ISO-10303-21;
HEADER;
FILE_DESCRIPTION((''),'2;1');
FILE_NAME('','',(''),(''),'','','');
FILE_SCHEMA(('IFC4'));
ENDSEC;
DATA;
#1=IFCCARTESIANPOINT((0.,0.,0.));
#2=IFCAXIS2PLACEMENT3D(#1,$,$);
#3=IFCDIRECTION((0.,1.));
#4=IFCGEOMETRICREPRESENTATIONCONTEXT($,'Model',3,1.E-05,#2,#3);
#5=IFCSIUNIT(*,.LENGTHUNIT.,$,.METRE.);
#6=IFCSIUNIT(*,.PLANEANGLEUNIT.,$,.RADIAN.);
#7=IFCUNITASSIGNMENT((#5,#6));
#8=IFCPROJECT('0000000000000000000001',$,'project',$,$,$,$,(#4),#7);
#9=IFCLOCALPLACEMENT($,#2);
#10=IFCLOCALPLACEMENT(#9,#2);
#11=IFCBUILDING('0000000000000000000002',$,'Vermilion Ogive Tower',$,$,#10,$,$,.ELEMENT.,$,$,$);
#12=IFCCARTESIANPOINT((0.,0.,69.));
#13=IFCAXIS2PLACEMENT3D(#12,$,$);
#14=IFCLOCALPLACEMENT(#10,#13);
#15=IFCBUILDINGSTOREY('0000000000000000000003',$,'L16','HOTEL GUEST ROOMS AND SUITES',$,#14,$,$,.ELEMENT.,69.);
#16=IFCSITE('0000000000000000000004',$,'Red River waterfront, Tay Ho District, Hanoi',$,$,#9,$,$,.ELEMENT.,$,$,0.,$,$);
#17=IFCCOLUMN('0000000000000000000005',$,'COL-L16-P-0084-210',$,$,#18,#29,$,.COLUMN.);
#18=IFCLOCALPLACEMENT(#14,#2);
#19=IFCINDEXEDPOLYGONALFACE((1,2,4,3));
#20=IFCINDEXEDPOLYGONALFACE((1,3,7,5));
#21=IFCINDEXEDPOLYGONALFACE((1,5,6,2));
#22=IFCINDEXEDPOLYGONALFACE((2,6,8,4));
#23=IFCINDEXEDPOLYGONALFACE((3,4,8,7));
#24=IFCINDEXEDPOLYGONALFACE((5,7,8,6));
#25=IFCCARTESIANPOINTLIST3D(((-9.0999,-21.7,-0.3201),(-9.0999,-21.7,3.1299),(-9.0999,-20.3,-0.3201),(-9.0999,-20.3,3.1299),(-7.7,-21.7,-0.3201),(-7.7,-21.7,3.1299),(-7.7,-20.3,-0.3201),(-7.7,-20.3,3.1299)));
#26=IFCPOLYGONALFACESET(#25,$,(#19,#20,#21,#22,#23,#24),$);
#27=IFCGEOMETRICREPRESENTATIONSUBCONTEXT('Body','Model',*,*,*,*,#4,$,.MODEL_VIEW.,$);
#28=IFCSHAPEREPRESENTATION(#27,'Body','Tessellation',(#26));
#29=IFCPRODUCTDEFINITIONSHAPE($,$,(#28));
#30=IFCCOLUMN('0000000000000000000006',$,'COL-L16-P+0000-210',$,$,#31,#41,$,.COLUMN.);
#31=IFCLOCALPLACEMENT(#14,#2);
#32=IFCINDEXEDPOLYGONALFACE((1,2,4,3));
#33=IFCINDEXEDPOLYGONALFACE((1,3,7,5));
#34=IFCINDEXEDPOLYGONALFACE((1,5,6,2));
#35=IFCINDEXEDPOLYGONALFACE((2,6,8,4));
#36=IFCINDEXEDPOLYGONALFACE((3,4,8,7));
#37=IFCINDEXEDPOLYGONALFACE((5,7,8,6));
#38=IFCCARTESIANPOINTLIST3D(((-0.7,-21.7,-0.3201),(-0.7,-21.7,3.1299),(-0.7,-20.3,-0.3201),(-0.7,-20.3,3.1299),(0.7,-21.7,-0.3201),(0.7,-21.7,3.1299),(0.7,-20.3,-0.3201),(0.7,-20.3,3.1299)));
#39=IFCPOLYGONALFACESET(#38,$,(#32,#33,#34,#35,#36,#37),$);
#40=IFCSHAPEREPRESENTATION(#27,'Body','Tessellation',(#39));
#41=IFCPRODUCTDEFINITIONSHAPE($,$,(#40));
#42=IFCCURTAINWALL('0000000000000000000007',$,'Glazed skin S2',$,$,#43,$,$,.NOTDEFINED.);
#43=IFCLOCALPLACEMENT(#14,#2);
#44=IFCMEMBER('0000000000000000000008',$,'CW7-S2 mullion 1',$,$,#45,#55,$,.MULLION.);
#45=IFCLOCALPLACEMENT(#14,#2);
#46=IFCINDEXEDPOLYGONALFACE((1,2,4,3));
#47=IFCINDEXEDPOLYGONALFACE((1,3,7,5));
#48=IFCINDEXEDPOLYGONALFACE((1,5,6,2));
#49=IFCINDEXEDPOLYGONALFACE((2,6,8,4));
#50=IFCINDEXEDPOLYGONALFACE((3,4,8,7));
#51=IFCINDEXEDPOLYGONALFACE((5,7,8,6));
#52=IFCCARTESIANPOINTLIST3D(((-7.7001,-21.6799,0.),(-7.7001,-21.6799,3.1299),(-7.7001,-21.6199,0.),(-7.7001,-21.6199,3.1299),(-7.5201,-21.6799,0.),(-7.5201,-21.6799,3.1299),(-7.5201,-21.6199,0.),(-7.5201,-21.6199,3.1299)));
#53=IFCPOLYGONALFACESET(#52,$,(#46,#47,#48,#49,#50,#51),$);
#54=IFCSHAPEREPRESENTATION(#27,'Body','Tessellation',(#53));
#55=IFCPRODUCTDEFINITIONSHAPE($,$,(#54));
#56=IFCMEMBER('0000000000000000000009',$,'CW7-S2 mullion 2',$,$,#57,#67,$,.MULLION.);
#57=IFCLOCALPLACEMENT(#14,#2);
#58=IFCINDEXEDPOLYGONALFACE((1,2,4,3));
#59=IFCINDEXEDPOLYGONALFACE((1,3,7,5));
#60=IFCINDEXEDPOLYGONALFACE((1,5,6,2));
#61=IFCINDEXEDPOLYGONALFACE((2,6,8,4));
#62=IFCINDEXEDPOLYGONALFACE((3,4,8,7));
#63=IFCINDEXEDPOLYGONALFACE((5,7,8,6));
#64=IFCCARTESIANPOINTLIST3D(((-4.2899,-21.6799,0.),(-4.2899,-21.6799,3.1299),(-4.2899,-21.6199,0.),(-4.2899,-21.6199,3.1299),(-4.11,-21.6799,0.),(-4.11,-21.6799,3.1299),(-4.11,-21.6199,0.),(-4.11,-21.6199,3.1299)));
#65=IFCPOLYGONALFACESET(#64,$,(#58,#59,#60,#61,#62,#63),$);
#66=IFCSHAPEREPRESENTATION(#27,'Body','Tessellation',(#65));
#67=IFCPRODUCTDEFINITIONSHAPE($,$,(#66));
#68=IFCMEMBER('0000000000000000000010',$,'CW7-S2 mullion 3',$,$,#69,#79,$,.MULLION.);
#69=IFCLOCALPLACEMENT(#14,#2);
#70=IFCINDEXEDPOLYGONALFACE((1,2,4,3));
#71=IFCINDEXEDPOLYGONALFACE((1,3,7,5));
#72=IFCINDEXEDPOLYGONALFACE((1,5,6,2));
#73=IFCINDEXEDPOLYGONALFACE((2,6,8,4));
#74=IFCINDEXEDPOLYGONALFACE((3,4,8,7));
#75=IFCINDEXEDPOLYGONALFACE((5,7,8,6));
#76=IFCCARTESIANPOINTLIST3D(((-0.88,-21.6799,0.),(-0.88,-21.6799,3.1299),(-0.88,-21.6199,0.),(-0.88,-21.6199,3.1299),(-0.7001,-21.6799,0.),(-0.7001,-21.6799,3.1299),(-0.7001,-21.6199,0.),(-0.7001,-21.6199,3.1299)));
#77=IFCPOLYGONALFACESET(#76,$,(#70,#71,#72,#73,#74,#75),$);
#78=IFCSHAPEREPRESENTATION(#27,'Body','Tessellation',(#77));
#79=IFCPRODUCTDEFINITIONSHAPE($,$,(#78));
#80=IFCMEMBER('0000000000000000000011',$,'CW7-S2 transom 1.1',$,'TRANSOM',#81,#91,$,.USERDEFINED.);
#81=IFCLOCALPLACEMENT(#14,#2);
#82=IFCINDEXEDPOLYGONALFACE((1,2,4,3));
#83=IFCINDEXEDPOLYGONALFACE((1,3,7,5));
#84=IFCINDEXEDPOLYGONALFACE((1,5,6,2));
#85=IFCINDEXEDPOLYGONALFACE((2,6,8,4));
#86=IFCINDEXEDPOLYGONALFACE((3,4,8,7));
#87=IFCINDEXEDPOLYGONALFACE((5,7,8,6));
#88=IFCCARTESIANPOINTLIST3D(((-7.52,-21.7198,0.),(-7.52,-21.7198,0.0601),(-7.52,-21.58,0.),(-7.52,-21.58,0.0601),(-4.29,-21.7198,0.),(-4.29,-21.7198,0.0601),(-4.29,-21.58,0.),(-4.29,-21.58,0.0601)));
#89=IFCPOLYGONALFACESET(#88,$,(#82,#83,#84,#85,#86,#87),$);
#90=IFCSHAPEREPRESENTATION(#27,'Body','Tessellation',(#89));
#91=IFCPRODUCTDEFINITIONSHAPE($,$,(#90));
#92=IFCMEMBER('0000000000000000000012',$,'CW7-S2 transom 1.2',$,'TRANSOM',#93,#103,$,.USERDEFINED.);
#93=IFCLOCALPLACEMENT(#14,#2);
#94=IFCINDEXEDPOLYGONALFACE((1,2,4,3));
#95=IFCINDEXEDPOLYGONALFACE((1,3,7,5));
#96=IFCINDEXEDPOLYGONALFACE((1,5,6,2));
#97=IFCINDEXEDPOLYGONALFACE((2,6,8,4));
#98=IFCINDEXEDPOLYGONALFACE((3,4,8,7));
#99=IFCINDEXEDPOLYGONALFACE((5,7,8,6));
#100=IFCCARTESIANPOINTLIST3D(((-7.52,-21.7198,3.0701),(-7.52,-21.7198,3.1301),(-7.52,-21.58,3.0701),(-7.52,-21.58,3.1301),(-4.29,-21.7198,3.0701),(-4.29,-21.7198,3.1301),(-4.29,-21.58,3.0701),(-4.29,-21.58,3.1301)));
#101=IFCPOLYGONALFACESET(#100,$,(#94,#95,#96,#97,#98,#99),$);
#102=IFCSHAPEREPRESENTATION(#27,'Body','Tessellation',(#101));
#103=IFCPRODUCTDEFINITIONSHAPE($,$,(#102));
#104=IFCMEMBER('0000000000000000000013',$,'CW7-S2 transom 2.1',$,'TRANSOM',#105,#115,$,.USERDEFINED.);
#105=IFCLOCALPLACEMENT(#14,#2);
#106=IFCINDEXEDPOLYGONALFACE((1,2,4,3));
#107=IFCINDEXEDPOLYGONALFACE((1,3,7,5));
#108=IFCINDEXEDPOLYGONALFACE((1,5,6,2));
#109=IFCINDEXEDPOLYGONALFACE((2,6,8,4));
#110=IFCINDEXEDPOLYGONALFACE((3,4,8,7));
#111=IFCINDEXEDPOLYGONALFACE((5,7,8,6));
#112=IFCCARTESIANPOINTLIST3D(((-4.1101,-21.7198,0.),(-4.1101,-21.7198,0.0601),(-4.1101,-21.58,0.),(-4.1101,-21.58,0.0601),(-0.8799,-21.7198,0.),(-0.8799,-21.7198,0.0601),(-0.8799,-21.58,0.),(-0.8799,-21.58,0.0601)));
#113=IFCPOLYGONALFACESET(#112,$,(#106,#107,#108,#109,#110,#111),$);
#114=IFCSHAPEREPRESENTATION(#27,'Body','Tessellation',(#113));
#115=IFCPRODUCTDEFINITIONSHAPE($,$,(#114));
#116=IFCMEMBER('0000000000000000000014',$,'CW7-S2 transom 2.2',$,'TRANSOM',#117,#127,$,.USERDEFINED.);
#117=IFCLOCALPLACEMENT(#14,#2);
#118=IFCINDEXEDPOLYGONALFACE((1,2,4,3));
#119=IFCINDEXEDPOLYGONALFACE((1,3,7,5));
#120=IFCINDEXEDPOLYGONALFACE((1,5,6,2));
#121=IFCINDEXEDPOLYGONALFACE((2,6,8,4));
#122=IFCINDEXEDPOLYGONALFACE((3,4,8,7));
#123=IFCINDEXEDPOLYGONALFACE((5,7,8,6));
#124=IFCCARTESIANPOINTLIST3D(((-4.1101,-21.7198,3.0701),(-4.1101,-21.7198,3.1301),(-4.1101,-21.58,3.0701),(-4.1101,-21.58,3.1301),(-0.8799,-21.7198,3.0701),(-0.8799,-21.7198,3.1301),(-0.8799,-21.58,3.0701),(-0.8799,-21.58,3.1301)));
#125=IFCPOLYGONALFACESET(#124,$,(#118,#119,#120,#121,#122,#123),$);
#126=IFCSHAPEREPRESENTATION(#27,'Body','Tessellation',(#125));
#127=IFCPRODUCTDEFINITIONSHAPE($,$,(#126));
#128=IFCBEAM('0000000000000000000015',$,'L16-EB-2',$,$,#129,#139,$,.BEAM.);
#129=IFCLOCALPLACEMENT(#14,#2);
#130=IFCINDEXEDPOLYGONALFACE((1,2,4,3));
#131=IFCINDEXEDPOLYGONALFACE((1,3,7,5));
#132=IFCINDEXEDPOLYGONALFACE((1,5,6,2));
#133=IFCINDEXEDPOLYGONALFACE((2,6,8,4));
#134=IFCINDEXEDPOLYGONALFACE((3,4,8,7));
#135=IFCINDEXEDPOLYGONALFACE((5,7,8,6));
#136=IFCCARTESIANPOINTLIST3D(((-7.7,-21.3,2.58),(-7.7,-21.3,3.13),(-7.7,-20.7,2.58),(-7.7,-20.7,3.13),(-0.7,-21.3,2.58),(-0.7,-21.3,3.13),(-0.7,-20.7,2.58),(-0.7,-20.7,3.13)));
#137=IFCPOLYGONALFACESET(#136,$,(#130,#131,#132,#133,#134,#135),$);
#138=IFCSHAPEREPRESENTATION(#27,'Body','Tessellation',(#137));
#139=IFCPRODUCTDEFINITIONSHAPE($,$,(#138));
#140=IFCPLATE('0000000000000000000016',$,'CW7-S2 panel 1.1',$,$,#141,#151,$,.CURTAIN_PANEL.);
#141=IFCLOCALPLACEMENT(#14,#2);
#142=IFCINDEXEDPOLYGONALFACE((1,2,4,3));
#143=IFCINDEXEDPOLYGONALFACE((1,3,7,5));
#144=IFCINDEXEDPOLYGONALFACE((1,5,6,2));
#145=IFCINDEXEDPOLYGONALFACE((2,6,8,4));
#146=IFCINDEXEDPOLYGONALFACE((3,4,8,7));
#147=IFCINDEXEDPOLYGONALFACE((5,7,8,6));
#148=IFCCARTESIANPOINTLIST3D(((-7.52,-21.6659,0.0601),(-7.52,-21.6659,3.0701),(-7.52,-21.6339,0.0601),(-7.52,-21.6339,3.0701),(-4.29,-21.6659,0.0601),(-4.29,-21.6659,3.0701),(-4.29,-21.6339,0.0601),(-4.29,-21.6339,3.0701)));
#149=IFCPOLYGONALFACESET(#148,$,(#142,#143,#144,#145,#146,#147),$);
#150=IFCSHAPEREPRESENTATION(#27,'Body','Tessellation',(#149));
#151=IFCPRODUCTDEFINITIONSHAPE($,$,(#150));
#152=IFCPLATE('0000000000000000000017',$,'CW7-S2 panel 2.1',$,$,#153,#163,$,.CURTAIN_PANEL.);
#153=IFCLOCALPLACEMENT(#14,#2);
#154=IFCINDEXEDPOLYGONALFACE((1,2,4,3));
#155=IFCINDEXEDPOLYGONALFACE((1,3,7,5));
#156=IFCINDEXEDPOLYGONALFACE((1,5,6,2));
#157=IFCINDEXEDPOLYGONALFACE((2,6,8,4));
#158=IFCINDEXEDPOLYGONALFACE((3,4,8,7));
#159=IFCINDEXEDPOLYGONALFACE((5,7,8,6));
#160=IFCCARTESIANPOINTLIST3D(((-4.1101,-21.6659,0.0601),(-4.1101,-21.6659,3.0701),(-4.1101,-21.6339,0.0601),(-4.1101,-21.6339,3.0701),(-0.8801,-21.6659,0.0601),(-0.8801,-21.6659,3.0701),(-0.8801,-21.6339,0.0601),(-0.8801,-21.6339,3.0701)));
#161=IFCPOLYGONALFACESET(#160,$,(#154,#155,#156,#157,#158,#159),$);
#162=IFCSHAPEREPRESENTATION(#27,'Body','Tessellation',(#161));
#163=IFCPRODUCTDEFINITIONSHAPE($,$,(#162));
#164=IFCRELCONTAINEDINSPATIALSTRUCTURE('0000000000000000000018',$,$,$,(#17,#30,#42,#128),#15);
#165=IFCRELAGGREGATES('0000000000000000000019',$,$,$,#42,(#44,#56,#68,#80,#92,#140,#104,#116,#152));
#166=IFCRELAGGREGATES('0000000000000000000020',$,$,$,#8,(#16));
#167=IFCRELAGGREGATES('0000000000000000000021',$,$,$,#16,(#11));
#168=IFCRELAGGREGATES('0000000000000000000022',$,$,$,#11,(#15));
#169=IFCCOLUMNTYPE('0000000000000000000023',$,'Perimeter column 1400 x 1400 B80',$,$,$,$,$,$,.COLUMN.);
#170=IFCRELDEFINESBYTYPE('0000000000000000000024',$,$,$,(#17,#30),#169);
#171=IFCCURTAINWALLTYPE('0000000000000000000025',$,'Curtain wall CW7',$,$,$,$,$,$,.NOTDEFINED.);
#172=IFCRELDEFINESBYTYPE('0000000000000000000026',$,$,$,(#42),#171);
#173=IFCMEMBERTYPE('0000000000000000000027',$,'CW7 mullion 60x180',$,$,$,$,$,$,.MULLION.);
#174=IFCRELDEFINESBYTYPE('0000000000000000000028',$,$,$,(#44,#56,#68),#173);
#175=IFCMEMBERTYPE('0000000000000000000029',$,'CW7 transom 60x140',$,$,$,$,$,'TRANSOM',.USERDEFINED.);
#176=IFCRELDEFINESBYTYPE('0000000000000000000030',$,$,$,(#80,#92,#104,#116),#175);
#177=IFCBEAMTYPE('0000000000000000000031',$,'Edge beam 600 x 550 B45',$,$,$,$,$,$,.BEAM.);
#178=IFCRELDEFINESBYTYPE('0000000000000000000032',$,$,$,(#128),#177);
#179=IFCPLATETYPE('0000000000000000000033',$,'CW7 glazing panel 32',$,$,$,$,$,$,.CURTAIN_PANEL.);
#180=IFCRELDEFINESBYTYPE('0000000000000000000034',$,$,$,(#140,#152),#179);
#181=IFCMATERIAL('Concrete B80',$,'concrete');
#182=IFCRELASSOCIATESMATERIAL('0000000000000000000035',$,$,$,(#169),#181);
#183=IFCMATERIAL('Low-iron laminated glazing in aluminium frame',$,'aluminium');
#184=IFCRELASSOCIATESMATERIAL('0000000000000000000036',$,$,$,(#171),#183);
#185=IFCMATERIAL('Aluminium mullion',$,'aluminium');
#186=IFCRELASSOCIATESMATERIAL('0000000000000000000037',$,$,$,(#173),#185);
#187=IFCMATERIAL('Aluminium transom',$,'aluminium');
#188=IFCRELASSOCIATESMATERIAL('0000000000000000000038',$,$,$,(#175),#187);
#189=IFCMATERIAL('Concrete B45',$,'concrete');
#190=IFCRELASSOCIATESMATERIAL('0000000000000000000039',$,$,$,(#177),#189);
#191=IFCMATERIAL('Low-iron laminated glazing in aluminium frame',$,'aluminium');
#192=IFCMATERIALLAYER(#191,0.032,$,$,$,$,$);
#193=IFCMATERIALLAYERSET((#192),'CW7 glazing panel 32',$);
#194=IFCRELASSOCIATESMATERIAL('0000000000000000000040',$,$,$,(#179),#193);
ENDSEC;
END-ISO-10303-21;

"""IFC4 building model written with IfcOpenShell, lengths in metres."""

from ifc_helpers import new_model, si_unit, direction, frame, origin, origin_2d, place, context, subcontext, project, spatial, rectangle, extrude, material, layer, layer_set, material_profile, profile_set, type_object, element, aggregate, save


model = new_model("IFC4")

# Units and contexts
model_context = context("Model", 3, precision=1e-05, world=origin(), true_north=direction((0.0, 1.0)))
body_context = subcontext(model_context, "Body", "Model", "MODEL_VIEW")
ifc_project = project(units=[si_unit("LENGTHUNIT", "METRE"), si_unit("PLANEANGLEUNIT", "RADIAN")], contexts=[model_context])

# Site, building, storey
site_placement = place(None, origin())
site = spatial("IfcSite", under=ifc_project, at=site_placement, Name="Red River waterfront, Tay Ho District, Hanoi", CompositionType="ELEMENT", RefElevation=0.0)
building_placement = place(site_placement, origin())
building = spatial("IfcBuilding", under=site, at=building_placement, Name="Vermilion Ogive Tower", CompositionType="ELEMENT")
storey_placement = place(building_placement, frame((0.0, 0.0, 69.0)))
storey = spatial("IfcBuildingStorey", under=building, at=storey_placement, Name="L16", Description="HOTEL GUEST ROOMS AND SUITES", CompositionType="ELEMENT", Elevation=69.0)

# Columns
ifc_material_1 = material(Name="Concrete B80", Category="concrete")
ifc_material_profile_1 = material_profile(ifc_material_1, rectangle(XDim=1.3999, YDim=1.3999, at=origin_2d()), Name="1400 x 1400")
ifc_profile_set_1 = profile_set([ifc_material_profile_1], Name="Concrete B80")
column_type = type_object("IfcColumnType", Name="Perimeter column 1400 x 1400 B80", PredefinedType="COLUMN", material=ifc_profile_set_1)
for number, where, z_axis, x_axis, name in (
    (1, (-8.3999, -21.0, -0.3201), (0.0, 0.0, 1.0), (1.0, 0.0, 0.0), "COL-L16-P-0084-210"),
    (2, (0.0, -21.0, -0.3201), (0.0, 0.0, 1.0), (1.0, 0.0, 0.0), "COL-L16-P+0000-210"),
):
    element("IfcColumn", number, at=place(storey_placement, frame(where, z_axis=z_axis, x_axis=x_axis)), inside=storey, type_object=column_type, Name=name, PredefinedType="COLUMN", context=body_context, shape_type="SweptSolid", body=[
        extrude(rectangle(XDim=1.3999, YDim=1.3999, at=origin_2d()), origin(), (0.0, 0.0, 1.0), 3.45),
    ])

# Curtain wall, members
ifc_material_2 = material(Name="Low-iron laminated glazing in aluminium frame", Category="aluminium")
curtain_wall_type = type_object("IfcCurtainWallType", Name="Curtain wall CW7", PredefinedType="NOTDEFINED", material=ifc_material_2)
curtain_wall_placement = place(storey_placement, origin())
curtain_wall = element("IfcCurtainWall", 3, at=curtain_wall_placement, inside=storey, type_object=curtain_wall_type, Name="Glazed skin S2", PredefinedType="NOTDEFINED")
ifc_material_3 = material(Name="Aluminium mullion", Category="aluminium")
ifc_material_profile_2 = material_profile(ifc_material_3, rectangle(XDim=0.0601, YDim=0.1799, at=origin_2d()), Name="AL 60x180")
ifc_profile_set_2 = profile_set([ifc_material_profile_2], Name="Aluminium mullion")
member_type_1 = type_object("IfcMemberType", Name="CW7 mullion 60x180", PredefinedType="MULLION", material=ifc_profile_set_2)
member_1_placement = place(storey_placement, frame((-7.6101, -21.6499, 0.0), z_axis=(0.0, 0.0, 1.0), x_axis=(0.0, 1.0, 0.0)))
member_1 = element("IfcMember", 4, at=member_1_placement, type_object=member_type_1, Name="CW7-S2 mullion 1", PredefinedType="MULLION", context=body_context, shape_type="SweptSolid", body=[
    extrude(rectangle(XDim=0.0601, YDim=0.1799, at=origin_2d()), origin(), (0.0, 0.0, 1.0), 3.1299),
])
member_2_placement = place(storey_placement, frame((-4.2, -21.6499, 0.0), z_axis=(0.0, 0.0, 1.0), x_axis=(0.0, 1.0, 0.0)))
member_2 = element("IfcMember", 5, at=member_2_placement, type_object=member_type_1, Name="CW7-S2 mullion 2", PredefinedType="MULLION", context=body_context, shape_type="SweptSolid", body=[
    extrude(rectangle(XDim=0.0601, YDim=0.1799, at=origin_2d()), origin(), (0.0, 0.0, 1.0), 3.1299),
])
member_3_placement = place(storey_placement, frame((-0.79, -21.6499, 0.0), z_axis=(0.0, 0.0, 1.0), x_axis=(0.0, 1.0, 0.0)))
member_3 = element("IfcMember", 6, at=member_3_placement, type_object=member_type_1, Name="CW7-S2 mullion 3", PredefinedType="MULLION", context=body_context, shape_type="SweptSolid", body=[
    extrude(rectangle(XDim=0.0601, YDim=0.1799, at=origin_2d()), origin(), (0.0, 0.0, 1.0), 3.1299),
])
ifc_material_4 = material(Name="Aluminium transom", Category="aluminium")
ifc_material_profile_3 = material_profile(ifc_material_4, rectangle(XDim=0.1399, YDim=0.0601, at=origin_2d()), Name="AL 60x140")
ifc_profile_set_3 = profile_set([ifc_material_profile_3], Name="Aluminium transom")
member_type_2 = type_object("IfcMemberType", Name="CW7 transom 60x140", ElementType="TRANSOM", PredefinedType="USERDEFINED", material=ifc_profile_set_3)
member_4_placement = place(storey_placement, frame((-7.52, -21.6499, 0.03), z_axis=(1.0, 0.0, 0.0), x_axis=(0.0, 1.0, 0.0)))
member_4 = element("IfcMember", 7, at=member_4_placement, type_object=member_type_2, Name="CW7-S2 transom 1.1", ObjectType="TRANSOM", PredefinedType="USERDEFINED", context=body_context, shape_type="SweptSolid", body=[
    extrude(rectangle(XDim=0.1399, YDim=0.0601, at=origin_2d()), origin(), (0.0, 0.0, 1.0), 3.23),
])
member_5_placement = place(storey_placement, frame((-7.52, -21.6499, 3.1001), z_axis=(1.0, 0.0, 0.0), x_axis=(0.0, 1.0, 0.0)))
member_5 = element("IfcMember", 8, at=member_5_placement, type_object=member_type_2, Name="CW7-S2 transom 1.2", ObjectType="TRANSOM", PredefinedType="USERDEFINED", context=body_context, shape_type="SweptSolid", body=[
    extrude(rectangle(XDim=0.1399, YDim=0.0601, at=origin_2d()), origin(), (0.0, 0.0, 1.0), 3.23),
])
member_6_placement = place(storey_placement, frame((-4.1101, -21.6499, 0.03), z_axis=(1.0, 0.0, 0.0), x_axis=(0.0, 1.0, 0.0)))
member_6 = element("IfcMember", 9, at=member_6_placement, type_object=member_type_2, Name="CW7-S2 transom 2.1", ObjectType="TRANSOM", PredefinedType="USERDEFINED", context=body_context, shape_type="SweptSolid", body=[
    extrude(rectangle(XDim=0.1399, YDim=0.0601, at=origin_2d()), origin(), (0.0, 0.0, 1.0), 3.2302),
])
member_7_placement = place(storey_placement, frame((-4.1101, -21.6499, 3.1001), z_axis=(1.0, 0.0, 0.0), x_axis=(0.0, 1.0, 0.0)))
member_7 = element("IfcMember", 10, at=member_7_placement, type_object=member_type_2, Name="CW7-S2 transom 2.2", ObjectType="TRANSOM", PredefinedType="USERDEFINED", context=body_context, shape_type="SweptSolid", body=[
    extrude(rectangle(XDim=0.1399, YDim=0.0601, at=origin_2d()), origin(), (0.0, 0.0, 1.0), 3.2302),
])

# Beam
ifc_material_5 = material(Name="Concrete B45", Category="concrete")
ifc_material_profile_4 = material_profile(ifc_material_5, rectangle(XDim=0.6001, YDim=0.55, at=origin_2d()), Name="600 x 550")
ifc_profile_set_4 = profile_set([ifc_material_profile_4], Name="Concrete B45")
beam_type = type_object("IfcBeamType", Name="Edge beam 600 x 550 B45", PredefinedType="BEAM", material=ifc_profile_set_4)
beam_placement = place(storey_placement, frame((-7.7, -21.0, 2.855), z_axis=(1.0, 0.0, 0.0), x_axis=(0.0, 1.0, 0.0)))
element("IfcBeam", 11, at=beam_placement, inside=storey, type_object=beam_type, Name="L16-EB-2", PredefinedType="BEAM", context=body_context, shape_type="SweptSolid", body=[
    extrude(rectangle(XDim=0.6001, YDim=0.55, at=origin_2d()), origin(), (0.0, 0.0, 1.0), 7.0),
])

# Plates
ifc_material_6 = material(Name="Low-iron laminated glazing in aluminium frame", Category="aluminium")
ifc_layer_1 = layer(ifc_material_6, 0.032)
ifc_layer_set_1 = layer_set([ifc_layer_1], Name="CW7 glazing panel 32")
plate_type = type_object("IfcPlateType", Name="CW7 glazing panel 32", PredefinedType="CURTAIN_PANEL", material=ifc_layer_set_1)
plate_1_placement = place(storey_placement, frame((-5.905, -21.6499, 0.0601), z_axis=(0.0, 0.0, 1.0), x_axis=(1.0, 0.0, 0.0)))
plate_1 = element("IfcPlate", 12, at=plate_1_placement, type_object=plate_type, Name="CW7-S2 panel 1.1", PredefinedType="CURTAIN_PANEL", context=body_context, shape_type="SweptSolid", body=[
    extrude(rectangle(XDim=3.23, YDim=0.032, at=origin_2d()), origin(), (0.0, 0.0, 1.0), 3.01),
])
plate_2_placement = place(storey_placement, frame((-2.4951, -21.6499, 0.0601), z_axis=(0.0, 0.0, 1.0), x_axis=(1.0, 0.0, 0.0)))
plate_2 = element("IfcPlate", 13, at=plate_2_placement, type_object=plate_type, Name="CW7-S2 panel 2.1", PredefinedType="CURTAIN_PANEL", context=body_context, shape_type="SweptSolid", body=[
    extrude(rectangle(XDim=3.23, YDim=0.032, at=origin_2d()), origin(), (0.0, 0.0, 1.0), 3.01),
])
aggregate(curtain_wall, [member_1, member_2, member_3, member_4, member_5, plate_1, member_6, member_7, plate_2])

save(model, "model.ifc")
